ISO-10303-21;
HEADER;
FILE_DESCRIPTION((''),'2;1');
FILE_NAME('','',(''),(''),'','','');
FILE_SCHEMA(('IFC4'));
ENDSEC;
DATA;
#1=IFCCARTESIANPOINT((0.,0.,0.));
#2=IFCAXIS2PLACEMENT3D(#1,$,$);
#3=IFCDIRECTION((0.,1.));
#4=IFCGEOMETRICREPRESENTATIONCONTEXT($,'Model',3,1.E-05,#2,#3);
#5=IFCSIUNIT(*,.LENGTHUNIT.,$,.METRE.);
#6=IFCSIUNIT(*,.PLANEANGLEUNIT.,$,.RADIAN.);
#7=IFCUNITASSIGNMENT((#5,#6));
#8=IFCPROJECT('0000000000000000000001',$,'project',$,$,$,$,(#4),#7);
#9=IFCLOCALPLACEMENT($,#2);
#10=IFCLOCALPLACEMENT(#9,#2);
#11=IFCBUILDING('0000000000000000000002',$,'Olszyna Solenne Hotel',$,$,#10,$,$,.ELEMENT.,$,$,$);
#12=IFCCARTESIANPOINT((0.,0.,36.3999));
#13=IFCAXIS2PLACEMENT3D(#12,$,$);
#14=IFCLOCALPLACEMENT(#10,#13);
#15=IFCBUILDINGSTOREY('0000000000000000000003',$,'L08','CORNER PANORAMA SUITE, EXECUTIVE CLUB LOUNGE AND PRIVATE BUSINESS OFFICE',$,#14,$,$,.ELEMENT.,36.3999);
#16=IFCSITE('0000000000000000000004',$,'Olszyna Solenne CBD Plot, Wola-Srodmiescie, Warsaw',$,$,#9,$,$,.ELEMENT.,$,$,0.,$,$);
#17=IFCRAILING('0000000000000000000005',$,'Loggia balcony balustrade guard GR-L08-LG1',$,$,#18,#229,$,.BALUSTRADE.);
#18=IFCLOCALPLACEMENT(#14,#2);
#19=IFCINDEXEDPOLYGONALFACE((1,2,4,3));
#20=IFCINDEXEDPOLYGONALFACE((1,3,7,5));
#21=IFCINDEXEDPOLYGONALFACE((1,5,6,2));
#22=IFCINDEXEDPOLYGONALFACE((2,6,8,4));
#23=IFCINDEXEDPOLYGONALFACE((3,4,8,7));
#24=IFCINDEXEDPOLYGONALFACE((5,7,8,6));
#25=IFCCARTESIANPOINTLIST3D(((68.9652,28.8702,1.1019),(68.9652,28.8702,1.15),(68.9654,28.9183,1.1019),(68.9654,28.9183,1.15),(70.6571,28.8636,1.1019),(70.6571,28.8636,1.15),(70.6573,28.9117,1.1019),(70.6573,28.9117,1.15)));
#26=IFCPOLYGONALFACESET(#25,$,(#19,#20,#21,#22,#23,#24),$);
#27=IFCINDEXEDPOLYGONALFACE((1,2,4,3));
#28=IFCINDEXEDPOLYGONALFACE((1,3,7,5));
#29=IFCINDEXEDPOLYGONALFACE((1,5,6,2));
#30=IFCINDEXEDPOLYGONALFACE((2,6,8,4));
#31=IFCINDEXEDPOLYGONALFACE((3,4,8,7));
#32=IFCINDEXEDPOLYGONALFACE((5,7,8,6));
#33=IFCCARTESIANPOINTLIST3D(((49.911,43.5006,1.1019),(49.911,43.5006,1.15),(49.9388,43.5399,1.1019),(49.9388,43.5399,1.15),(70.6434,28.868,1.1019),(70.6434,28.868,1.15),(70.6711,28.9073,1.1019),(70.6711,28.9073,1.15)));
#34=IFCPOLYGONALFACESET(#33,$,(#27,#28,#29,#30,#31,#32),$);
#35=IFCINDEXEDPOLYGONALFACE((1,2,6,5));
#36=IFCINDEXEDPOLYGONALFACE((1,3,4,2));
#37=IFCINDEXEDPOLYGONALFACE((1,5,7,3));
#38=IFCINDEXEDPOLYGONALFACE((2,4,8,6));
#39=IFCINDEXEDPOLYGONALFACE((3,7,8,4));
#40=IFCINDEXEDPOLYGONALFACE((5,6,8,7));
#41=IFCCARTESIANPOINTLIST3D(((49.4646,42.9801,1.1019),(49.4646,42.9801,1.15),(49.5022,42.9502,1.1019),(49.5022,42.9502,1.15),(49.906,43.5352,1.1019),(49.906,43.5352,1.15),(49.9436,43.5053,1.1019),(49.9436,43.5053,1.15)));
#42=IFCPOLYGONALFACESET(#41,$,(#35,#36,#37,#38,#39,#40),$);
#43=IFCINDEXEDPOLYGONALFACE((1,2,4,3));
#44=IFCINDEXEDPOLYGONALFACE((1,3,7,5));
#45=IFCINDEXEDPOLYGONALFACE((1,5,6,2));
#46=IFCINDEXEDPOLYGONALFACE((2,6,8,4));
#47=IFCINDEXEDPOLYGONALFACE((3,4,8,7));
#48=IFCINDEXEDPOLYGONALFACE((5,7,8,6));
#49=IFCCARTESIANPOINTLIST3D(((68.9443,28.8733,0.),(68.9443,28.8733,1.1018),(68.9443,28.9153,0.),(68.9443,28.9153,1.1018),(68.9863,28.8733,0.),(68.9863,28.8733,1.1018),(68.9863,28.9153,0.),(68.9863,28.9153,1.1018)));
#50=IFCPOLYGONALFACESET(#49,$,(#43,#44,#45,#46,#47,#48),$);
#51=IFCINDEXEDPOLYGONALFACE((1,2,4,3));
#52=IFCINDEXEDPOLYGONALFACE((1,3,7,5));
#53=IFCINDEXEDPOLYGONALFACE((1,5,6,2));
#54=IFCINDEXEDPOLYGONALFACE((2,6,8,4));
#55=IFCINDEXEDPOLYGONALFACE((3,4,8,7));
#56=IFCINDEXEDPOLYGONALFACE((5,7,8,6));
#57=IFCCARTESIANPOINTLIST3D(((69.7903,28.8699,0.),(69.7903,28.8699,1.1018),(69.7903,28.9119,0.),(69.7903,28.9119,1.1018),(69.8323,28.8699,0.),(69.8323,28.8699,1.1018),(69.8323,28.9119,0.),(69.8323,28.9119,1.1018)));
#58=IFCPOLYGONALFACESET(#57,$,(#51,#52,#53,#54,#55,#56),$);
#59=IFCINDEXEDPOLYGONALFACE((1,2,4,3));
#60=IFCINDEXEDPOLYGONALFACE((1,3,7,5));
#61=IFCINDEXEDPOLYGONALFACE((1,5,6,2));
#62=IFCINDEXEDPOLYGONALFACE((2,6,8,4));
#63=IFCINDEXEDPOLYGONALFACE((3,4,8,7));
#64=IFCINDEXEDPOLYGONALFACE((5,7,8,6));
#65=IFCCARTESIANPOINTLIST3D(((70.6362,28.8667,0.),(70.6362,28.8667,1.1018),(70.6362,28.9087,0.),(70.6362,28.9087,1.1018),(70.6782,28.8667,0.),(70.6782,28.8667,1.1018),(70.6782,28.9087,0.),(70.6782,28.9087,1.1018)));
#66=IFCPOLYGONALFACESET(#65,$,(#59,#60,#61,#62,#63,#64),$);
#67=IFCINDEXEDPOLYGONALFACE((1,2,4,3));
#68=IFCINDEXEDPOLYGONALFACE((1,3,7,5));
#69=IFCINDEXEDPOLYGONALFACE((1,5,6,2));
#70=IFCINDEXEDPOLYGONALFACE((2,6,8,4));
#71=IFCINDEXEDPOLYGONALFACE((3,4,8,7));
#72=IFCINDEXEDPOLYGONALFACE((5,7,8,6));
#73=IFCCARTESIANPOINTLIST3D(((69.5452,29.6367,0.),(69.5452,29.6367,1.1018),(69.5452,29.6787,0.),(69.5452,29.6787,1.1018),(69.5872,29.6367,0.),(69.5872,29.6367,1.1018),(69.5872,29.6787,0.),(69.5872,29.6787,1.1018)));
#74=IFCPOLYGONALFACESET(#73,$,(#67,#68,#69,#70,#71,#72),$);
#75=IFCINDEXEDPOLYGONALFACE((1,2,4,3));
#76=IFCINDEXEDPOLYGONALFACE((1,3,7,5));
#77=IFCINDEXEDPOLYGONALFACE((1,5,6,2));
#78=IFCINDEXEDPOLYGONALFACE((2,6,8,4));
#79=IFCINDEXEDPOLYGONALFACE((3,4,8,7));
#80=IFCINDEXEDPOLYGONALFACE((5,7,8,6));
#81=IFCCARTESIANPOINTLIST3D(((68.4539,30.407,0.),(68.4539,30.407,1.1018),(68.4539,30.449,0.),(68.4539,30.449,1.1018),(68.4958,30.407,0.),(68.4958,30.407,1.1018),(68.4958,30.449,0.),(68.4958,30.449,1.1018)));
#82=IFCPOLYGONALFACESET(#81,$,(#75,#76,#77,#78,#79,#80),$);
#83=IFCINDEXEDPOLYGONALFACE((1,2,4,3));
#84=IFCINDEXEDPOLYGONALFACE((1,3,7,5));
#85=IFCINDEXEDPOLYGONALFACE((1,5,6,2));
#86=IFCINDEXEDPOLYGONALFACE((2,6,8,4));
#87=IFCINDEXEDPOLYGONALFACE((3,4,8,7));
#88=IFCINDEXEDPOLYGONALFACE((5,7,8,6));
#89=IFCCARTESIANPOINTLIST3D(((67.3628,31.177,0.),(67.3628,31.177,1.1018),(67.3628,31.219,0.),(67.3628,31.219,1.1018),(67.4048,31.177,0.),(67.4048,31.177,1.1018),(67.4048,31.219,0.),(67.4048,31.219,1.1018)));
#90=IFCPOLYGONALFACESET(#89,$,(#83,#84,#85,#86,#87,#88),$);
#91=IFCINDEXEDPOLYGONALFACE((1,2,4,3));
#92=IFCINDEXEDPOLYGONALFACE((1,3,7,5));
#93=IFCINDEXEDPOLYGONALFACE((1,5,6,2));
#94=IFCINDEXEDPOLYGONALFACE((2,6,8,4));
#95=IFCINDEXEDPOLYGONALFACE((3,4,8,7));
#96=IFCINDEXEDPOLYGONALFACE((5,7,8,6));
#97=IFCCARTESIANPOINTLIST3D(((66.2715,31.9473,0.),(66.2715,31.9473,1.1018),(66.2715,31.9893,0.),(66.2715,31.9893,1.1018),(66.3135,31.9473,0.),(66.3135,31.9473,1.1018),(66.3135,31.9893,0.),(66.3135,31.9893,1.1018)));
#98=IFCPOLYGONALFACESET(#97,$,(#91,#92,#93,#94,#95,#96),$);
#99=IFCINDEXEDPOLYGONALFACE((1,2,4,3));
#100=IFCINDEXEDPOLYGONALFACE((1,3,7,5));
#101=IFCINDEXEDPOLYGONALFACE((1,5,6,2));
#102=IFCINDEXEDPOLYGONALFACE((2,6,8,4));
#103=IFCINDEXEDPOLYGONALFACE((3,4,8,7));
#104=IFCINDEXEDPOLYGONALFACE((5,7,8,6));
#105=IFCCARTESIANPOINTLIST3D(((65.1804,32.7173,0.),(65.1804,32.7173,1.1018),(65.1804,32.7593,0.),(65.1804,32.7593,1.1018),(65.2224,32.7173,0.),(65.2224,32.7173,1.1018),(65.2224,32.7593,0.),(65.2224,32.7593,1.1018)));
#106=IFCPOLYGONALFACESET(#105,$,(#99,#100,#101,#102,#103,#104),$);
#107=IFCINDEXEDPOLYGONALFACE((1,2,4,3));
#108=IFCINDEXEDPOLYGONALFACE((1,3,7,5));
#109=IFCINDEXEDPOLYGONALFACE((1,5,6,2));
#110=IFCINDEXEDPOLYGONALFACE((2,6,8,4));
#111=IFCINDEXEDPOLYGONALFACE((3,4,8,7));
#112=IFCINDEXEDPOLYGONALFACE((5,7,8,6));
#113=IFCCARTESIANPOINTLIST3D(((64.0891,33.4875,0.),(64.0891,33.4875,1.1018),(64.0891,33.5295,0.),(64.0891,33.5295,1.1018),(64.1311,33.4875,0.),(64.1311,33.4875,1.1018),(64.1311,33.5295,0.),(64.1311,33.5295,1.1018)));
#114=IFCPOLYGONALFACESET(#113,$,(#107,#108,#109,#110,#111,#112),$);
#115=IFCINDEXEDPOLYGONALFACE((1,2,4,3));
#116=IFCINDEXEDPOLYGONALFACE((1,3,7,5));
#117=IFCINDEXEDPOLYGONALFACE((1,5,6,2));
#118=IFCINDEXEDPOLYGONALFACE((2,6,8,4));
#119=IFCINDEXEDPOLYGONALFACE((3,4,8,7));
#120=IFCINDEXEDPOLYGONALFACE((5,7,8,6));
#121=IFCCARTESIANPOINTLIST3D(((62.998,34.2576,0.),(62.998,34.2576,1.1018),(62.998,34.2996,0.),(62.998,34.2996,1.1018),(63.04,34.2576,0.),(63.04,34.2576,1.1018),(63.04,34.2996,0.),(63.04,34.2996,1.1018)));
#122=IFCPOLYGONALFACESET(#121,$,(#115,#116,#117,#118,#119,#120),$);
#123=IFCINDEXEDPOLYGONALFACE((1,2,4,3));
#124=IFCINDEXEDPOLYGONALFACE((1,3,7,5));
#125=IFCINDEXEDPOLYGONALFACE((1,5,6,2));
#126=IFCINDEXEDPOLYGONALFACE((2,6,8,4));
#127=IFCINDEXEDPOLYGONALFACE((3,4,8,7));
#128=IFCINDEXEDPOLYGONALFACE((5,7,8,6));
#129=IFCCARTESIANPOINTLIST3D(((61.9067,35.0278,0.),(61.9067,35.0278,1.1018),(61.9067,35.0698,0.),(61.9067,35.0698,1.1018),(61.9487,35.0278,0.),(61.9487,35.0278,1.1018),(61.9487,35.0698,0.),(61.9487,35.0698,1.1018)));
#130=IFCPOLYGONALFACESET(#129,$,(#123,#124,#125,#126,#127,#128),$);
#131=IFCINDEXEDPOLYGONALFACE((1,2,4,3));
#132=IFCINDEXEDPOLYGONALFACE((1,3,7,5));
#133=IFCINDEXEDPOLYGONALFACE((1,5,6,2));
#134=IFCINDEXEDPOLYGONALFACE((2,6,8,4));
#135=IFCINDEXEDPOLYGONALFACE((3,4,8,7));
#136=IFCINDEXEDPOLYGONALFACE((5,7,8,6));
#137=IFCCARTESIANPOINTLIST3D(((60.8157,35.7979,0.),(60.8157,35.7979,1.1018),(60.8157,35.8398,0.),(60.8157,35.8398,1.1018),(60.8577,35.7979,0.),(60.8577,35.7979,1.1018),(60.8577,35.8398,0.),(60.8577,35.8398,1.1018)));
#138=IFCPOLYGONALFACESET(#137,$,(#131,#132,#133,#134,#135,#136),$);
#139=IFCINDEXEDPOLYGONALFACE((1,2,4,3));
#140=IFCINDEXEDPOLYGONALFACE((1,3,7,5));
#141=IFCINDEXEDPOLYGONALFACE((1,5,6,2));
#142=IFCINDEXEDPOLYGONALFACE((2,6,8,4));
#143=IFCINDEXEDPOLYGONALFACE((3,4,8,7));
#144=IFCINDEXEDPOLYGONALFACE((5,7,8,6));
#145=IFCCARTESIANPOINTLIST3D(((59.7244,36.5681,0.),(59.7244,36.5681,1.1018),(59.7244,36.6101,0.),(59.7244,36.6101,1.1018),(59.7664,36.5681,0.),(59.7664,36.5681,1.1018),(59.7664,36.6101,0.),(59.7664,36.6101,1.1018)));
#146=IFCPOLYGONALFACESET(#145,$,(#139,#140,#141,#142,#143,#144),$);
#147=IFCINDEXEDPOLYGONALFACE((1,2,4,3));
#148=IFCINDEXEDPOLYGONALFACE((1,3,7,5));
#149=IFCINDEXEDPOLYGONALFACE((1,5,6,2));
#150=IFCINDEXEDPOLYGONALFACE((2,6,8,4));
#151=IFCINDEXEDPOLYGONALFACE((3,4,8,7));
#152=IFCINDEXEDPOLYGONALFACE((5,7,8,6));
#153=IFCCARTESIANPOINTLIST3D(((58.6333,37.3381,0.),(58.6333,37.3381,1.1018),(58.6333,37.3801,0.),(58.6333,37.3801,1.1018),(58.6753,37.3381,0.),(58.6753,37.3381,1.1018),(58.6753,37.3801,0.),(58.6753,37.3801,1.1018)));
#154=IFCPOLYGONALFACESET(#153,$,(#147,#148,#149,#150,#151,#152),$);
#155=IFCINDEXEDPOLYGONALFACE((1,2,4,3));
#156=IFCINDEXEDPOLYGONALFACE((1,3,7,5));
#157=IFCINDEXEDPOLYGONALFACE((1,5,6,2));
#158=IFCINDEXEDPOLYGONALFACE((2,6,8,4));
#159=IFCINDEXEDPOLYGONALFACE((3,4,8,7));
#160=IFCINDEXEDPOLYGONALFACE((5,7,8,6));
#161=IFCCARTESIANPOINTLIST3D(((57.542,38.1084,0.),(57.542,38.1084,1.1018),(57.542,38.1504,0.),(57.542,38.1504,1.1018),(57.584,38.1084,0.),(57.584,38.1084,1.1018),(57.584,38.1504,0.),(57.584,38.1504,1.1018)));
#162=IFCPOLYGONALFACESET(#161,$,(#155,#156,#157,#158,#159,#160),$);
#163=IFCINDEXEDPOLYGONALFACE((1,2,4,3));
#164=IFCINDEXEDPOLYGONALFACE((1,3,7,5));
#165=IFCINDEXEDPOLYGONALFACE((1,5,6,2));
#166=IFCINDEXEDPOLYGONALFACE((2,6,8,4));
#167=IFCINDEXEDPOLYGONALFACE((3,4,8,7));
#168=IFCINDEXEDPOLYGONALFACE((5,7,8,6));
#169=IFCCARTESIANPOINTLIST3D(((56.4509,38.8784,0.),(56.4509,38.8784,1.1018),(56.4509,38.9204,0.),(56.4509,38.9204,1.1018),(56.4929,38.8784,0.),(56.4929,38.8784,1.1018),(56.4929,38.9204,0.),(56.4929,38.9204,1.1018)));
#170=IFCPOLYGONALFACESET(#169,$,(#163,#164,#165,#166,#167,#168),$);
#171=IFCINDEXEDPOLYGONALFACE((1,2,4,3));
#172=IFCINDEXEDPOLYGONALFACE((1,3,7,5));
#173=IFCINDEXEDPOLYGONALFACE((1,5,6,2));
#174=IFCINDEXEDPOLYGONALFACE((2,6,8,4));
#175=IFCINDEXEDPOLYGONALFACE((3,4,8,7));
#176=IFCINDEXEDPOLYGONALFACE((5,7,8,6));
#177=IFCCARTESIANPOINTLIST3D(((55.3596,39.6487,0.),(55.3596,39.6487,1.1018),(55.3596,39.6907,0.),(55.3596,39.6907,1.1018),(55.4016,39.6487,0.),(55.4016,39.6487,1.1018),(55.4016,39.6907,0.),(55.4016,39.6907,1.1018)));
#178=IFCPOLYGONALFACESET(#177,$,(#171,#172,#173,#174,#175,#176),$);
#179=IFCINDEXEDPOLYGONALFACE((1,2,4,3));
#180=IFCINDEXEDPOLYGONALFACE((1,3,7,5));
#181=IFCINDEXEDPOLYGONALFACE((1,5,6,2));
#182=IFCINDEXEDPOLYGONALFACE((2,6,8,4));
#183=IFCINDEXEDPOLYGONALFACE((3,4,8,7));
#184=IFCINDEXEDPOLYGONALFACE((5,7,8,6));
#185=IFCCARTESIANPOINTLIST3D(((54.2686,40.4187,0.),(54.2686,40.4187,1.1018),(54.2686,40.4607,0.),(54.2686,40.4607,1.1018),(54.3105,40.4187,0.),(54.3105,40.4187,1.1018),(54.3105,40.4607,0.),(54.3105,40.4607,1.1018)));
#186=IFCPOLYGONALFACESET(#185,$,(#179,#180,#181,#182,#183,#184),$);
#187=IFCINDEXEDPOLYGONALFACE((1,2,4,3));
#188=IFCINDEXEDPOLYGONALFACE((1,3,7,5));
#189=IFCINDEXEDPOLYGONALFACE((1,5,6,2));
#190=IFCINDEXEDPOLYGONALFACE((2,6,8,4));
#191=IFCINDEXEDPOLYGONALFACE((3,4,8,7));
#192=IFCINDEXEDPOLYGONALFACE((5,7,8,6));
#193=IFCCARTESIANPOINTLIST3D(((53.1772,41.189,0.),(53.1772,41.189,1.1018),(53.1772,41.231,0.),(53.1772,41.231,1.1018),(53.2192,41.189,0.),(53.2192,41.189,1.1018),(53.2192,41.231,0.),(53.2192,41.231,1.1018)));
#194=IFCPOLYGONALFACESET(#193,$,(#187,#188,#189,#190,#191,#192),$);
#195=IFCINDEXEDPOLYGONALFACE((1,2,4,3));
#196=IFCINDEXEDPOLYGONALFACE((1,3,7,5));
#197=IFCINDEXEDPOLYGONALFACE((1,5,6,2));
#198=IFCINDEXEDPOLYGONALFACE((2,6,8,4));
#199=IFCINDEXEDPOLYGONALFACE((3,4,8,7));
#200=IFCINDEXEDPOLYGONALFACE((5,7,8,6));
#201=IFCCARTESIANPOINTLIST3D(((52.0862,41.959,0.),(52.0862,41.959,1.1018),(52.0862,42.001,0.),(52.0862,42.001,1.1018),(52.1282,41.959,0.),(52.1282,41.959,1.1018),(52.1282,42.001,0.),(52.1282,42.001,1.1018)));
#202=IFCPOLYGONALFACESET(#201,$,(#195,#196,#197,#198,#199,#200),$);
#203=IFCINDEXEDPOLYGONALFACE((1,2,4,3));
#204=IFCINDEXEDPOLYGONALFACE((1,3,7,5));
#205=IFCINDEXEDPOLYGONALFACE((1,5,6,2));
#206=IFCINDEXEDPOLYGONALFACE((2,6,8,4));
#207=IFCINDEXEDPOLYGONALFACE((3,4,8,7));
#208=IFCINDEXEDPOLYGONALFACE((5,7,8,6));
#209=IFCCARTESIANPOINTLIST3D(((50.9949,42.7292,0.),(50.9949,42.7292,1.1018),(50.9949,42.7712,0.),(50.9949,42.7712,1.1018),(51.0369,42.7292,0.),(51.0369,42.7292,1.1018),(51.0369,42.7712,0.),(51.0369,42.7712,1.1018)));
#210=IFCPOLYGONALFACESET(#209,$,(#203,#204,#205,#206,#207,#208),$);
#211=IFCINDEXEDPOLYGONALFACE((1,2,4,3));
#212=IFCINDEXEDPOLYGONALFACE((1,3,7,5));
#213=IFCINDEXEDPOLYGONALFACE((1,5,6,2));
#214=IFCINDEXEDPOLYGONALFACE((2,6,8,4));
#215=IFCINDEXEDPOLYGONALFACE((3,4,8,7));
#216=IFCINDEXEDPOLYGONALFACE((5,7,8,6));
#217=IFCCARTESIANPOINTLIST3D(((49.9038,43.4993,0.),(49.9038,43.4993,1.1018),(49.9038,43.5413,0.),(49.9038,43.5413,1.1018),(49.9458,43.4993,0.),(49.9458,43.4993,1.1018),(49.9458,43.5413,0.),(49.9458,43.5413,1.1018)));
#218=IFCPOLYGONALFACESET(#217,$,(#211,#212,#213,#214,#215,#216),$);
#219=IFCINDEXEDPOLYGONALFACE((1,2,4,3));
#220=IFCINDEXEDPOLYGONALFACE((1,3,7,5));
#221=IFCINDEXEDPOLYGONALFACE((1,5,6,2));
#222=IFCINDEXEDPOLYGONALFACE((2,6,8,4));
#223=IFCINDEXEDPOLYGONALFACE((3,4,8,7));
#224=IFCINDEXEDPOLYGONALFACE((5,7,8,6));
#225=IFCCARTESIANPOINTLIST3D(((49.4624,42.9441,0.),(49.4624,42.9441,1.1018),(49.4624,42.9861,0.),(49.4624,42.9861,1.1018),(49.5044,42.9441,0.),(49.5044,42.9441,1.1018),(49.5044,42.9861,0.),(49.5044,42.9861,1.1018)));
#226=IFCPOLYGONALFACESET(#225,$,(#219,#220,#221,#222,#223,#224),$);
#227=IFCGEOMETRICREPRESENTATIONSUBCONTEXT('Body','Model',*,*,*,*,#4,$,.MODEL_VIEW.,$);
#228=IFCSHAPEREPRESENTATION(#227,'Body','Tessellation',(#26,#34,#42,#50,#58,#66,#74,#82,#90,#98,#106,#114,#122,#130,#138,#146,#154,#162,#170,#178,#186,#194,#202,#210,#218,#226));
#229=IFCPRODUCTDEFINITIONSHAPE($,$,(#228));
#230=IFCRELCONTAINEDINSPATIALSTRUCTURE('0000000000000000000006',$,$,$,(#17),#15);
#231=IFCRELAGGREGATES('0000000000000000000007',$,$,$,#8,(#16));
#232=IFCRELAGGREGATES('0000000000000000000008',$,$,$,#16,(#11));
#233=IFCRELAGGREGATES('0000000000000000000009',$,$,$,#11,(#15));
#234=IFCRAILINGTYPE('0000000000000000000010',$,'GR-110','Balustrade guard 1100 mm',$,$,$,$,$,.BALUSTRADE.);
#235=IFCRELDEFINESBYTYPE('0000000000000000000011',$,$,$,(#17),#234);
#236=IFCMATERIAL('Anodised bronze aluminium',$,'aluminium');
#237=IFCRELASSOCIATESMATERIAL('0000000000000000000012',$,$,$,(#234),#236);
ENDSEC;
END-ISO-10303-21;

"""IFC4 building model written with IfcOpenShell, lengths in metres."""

from ifc_helpers import new_model, si_unit, direction, frame, origin, origin_2d, place, context, subcontext, project, spatial, rectangle, extrude, material, type_object, element, save


model = new_model("IFC4")

# Units and contexts
model_context = context("Model", 3, precision=1e-05, world=origin(), true_north=direction((0.0, 1.0)))
body_context = subcontext(model_context, "Body", "Model", "MODEL_VIEW")
ifc_project = project(units=[si_unit("LENGTHUNIT", "METRE"), si_unit("PLANEANGLEUNIT", "RADIAN")], contexts=[model_context])

# Site, building, storey
site_placement = place(None, origin())
site = spatial("IfcSite", under=ifc_project, at=site_placement, Name="Olszyna Solenne CBD Plot, Wola-Srodmiescie, Warsaw", CompositionType="ELEMENT", RefElevation=0.0)
building_placement = place(site_placement, origin())
building = spatial("IfcBuilding", under=site, at=building_placement, Name="Olszyna Solenne Hotel", CompositionType="ELEMENT")
storey_placement = place(building_placement, frame((0.0, 0.0, 36.3999)))
storey = spatial("IfcBuildingStorey", under=building, at=storey_placement, Name="L08", Description="CORNER PANORAMA SUITE, EXECUTIVE CLUB LOUNGE AND PRIVATE BUSINESS OFFICE", CompositionType="ELEMENT", Elevation=36.3999)

# Shared definitions
ifc_material_1 = material(Name="Anodised bronze aluminium", Category="aluminium")

# Railing
railing_type = type_object("IfcRailingType", Name="GR-110", Description="Balustrade guard 1100 mm", PredefinedType="BALUSTRADE", material=ifc_material_1)
railing_placement = place(storey_placement, frame((68.9653, 28.8943, 0.0)))
element("IfcRailing", 1, at=railing_placement, inside=storey, type_object=railing_type, Name="Loggia balcony balustrade guard GR-L08-LG1", PredefinedType="BALUSTRADE", context=body_context, shape_type="SweptSolid", body=[
    extrude(rectangle(XDim=0.0481, YDim=0.0481, at=origin_2d()), frame((0.0, 0.0, 1.126), z_axis=(0.999992, -0.003896, 0.0), x_axis=(0.003896, 0.999992, 0.0)), (0.0, 0.0, 1.0), 1.6919),
    extrude(rectangle(XDim=0.0481, YDim=0.0481, at=origin_2d()), frame((1.6919, -0.0066, 1.126), z_axis=(-0.817007, 0.576628, 0.0), x_axis=(-0.576628, -0.817007, 0.0)), (0.0, 0.0, 1.0), 25.376),
    extrude(rectangle(XDim=0.0481, YDim=0.0481, at=origin_2d()), frame((-19.0405, 14.626, 1.126), z_axis=(-0.622341, -0.782746, 0.0), x_axis=(0.782746, -0.622341, 0.0)), (0.0, 0.0, 1.0), 0.7092),
    extrude(rectangle(XDim=0.042, YDim=0.042, at=origin_2d()), origin(), (0.0, 0.0, 1.0), 1.1018),
    extrude(rectangle(XDim=0.042, YDim=0.042, at=origin_2d()), frame((0.8459, -0.0034, 0.0)), (0.0, 0.0, 1.0), 1.1018),
    extrude(rectangle(XDim=0.042, YDim=0.042, at=origin_2d()), frame((1.6919, -0.0066, 0.0)), (0.0, 0.0, 1.0), 1.1018),
    extrude(rectangle(XDim=0.042, YDim=0.042, at=origin_2d()), frame((0.6008, 0.7634, 0.0)), (0.0, 0.0, 1.0), 1.1018),
    extrude(rectangle(XDim=0.042, YDim=0.042, at=origin_2d()), frame((-0.4905, 1.5337, 0.0)), (0.0, 0.0, 1.0), 1.1018),
    extrude(rectangle(XDim=0.042, YDim=0.042, at=origin_2d()), frame((-1.5815, 2.3037, 0.0)), (0.0, 0.0, 1.0), 1.1018),
    extrude(rectangle(XDim=0.042, YDim=0.042, at=origin_2d()), frame((-2.6729, 3.074, 0.0)), (0.0, 0.0, 1.0), 1.1018),
    extrude(rectangle(XDim=0.042, YDim=0.042, at=origin_2d()), frame((-3.7639, 3.844, 0.0)), (0.0, 0.0, 1.0), 1.1018),
    extrude(rectangle(XDim=0.042, YDim=0.042, at=origin_2d()), frame((-4.8552, 4.6143, 0.0)), (0.0, 0.0, 1.0), 1.1018),
    extrude(rectangle(XDim=0.042, YDim=0.042, at=origin_2d()), frame((-5.9463, 5.3843, 0.0)), (0.0, 0.0, 1.0), 1.1018),
    extrude(rectangle(XDim=0.042, YDim=0.042, at=origin_2d()), frame((-7.0376, 6.1545, 0.0)), (0.0, 0.0, 1.0), 1.1018),
    extrude(rectangle(XDim=0.042, YDim=0.042, at=origin_2d()), frame((-8.1287, 6.9246, 0.0)), (0.0, 0.0, 1.0), 1.1018),
    extrude(rectangle(XDim=0.042, YDim=0.042, at=origin_2d()), frame((-9.22, 7.6948, 0.0)), (0.0, 0.0, 1.0), 1.1018),
    extrude(rectangle(XDim=0.042, YDim=0.042, at=origin_2d()), frame((-10.311, 8.4648, 0.0)), (0.0, 0.0, 1.0), 1.1018),
    extrude(rectangle(XDim=0.042, YDim=0.042, at=origin_2d()), frame((-11.4023, 9.2351, 0.0)), (0.0, 0.0, 1.0), 1.1018),
    extrude(rectangle(XDim=0.042, YDim=0.042, at=origin_2d()), frame((-12.4934, 10.0051, 0.0)), (0.0, 0.0, 1.0), 1.1018),
    extrude(rectangle(XDim=0.042, YDim=0.042, at=origin_2d()), frame((-13.5847, 10.7754, 0.0)), (0.0, 0.0, 1.0), 1.1018),
    extrude(rectangle(XDim=0.042, YDim=0.042, at=origin_2d()), frame((-14.6758, 11.5454, 0.0)), (0.0, 0.0, 1.0), 1.1018),
    extrude(rectangle(XDim=0.042, YDim=0.042, at=origin_2d()), frame((-15.7671, 12.3157, 0.0)), (0.0, 0.0, 1.0), 1.1018),
    extrude(rectangle(XDim=0.042, YDim=0.042, at=origin_2d()), frame((-16.8582, 13.0857, 0.0)), (0.0, 0.0, 1.0), 1.1018),
    extrude(rectangle(XDim=0.042, YDim=0.042, at=origin_2d()), frame((-17.9495, 13.856, 0.0)), (0.0, 0.0, 1.0), 1.1018),
    extrude(rectangle(XDim=0.042, YDim=0.042, at=origin_2d()), frame((-19.0405, 14.626, 0.0)), (0.0, 0.0, 1.0), 1.1018),
    extrude(rectangle(XDim=0.042, YDim=0.042, at=origin_2d()), frame((-19.4819, 14.0708, 0.0)), (0.0, 0.0, 1.0), 1.1018),
])

save(model, "model.ifc")
